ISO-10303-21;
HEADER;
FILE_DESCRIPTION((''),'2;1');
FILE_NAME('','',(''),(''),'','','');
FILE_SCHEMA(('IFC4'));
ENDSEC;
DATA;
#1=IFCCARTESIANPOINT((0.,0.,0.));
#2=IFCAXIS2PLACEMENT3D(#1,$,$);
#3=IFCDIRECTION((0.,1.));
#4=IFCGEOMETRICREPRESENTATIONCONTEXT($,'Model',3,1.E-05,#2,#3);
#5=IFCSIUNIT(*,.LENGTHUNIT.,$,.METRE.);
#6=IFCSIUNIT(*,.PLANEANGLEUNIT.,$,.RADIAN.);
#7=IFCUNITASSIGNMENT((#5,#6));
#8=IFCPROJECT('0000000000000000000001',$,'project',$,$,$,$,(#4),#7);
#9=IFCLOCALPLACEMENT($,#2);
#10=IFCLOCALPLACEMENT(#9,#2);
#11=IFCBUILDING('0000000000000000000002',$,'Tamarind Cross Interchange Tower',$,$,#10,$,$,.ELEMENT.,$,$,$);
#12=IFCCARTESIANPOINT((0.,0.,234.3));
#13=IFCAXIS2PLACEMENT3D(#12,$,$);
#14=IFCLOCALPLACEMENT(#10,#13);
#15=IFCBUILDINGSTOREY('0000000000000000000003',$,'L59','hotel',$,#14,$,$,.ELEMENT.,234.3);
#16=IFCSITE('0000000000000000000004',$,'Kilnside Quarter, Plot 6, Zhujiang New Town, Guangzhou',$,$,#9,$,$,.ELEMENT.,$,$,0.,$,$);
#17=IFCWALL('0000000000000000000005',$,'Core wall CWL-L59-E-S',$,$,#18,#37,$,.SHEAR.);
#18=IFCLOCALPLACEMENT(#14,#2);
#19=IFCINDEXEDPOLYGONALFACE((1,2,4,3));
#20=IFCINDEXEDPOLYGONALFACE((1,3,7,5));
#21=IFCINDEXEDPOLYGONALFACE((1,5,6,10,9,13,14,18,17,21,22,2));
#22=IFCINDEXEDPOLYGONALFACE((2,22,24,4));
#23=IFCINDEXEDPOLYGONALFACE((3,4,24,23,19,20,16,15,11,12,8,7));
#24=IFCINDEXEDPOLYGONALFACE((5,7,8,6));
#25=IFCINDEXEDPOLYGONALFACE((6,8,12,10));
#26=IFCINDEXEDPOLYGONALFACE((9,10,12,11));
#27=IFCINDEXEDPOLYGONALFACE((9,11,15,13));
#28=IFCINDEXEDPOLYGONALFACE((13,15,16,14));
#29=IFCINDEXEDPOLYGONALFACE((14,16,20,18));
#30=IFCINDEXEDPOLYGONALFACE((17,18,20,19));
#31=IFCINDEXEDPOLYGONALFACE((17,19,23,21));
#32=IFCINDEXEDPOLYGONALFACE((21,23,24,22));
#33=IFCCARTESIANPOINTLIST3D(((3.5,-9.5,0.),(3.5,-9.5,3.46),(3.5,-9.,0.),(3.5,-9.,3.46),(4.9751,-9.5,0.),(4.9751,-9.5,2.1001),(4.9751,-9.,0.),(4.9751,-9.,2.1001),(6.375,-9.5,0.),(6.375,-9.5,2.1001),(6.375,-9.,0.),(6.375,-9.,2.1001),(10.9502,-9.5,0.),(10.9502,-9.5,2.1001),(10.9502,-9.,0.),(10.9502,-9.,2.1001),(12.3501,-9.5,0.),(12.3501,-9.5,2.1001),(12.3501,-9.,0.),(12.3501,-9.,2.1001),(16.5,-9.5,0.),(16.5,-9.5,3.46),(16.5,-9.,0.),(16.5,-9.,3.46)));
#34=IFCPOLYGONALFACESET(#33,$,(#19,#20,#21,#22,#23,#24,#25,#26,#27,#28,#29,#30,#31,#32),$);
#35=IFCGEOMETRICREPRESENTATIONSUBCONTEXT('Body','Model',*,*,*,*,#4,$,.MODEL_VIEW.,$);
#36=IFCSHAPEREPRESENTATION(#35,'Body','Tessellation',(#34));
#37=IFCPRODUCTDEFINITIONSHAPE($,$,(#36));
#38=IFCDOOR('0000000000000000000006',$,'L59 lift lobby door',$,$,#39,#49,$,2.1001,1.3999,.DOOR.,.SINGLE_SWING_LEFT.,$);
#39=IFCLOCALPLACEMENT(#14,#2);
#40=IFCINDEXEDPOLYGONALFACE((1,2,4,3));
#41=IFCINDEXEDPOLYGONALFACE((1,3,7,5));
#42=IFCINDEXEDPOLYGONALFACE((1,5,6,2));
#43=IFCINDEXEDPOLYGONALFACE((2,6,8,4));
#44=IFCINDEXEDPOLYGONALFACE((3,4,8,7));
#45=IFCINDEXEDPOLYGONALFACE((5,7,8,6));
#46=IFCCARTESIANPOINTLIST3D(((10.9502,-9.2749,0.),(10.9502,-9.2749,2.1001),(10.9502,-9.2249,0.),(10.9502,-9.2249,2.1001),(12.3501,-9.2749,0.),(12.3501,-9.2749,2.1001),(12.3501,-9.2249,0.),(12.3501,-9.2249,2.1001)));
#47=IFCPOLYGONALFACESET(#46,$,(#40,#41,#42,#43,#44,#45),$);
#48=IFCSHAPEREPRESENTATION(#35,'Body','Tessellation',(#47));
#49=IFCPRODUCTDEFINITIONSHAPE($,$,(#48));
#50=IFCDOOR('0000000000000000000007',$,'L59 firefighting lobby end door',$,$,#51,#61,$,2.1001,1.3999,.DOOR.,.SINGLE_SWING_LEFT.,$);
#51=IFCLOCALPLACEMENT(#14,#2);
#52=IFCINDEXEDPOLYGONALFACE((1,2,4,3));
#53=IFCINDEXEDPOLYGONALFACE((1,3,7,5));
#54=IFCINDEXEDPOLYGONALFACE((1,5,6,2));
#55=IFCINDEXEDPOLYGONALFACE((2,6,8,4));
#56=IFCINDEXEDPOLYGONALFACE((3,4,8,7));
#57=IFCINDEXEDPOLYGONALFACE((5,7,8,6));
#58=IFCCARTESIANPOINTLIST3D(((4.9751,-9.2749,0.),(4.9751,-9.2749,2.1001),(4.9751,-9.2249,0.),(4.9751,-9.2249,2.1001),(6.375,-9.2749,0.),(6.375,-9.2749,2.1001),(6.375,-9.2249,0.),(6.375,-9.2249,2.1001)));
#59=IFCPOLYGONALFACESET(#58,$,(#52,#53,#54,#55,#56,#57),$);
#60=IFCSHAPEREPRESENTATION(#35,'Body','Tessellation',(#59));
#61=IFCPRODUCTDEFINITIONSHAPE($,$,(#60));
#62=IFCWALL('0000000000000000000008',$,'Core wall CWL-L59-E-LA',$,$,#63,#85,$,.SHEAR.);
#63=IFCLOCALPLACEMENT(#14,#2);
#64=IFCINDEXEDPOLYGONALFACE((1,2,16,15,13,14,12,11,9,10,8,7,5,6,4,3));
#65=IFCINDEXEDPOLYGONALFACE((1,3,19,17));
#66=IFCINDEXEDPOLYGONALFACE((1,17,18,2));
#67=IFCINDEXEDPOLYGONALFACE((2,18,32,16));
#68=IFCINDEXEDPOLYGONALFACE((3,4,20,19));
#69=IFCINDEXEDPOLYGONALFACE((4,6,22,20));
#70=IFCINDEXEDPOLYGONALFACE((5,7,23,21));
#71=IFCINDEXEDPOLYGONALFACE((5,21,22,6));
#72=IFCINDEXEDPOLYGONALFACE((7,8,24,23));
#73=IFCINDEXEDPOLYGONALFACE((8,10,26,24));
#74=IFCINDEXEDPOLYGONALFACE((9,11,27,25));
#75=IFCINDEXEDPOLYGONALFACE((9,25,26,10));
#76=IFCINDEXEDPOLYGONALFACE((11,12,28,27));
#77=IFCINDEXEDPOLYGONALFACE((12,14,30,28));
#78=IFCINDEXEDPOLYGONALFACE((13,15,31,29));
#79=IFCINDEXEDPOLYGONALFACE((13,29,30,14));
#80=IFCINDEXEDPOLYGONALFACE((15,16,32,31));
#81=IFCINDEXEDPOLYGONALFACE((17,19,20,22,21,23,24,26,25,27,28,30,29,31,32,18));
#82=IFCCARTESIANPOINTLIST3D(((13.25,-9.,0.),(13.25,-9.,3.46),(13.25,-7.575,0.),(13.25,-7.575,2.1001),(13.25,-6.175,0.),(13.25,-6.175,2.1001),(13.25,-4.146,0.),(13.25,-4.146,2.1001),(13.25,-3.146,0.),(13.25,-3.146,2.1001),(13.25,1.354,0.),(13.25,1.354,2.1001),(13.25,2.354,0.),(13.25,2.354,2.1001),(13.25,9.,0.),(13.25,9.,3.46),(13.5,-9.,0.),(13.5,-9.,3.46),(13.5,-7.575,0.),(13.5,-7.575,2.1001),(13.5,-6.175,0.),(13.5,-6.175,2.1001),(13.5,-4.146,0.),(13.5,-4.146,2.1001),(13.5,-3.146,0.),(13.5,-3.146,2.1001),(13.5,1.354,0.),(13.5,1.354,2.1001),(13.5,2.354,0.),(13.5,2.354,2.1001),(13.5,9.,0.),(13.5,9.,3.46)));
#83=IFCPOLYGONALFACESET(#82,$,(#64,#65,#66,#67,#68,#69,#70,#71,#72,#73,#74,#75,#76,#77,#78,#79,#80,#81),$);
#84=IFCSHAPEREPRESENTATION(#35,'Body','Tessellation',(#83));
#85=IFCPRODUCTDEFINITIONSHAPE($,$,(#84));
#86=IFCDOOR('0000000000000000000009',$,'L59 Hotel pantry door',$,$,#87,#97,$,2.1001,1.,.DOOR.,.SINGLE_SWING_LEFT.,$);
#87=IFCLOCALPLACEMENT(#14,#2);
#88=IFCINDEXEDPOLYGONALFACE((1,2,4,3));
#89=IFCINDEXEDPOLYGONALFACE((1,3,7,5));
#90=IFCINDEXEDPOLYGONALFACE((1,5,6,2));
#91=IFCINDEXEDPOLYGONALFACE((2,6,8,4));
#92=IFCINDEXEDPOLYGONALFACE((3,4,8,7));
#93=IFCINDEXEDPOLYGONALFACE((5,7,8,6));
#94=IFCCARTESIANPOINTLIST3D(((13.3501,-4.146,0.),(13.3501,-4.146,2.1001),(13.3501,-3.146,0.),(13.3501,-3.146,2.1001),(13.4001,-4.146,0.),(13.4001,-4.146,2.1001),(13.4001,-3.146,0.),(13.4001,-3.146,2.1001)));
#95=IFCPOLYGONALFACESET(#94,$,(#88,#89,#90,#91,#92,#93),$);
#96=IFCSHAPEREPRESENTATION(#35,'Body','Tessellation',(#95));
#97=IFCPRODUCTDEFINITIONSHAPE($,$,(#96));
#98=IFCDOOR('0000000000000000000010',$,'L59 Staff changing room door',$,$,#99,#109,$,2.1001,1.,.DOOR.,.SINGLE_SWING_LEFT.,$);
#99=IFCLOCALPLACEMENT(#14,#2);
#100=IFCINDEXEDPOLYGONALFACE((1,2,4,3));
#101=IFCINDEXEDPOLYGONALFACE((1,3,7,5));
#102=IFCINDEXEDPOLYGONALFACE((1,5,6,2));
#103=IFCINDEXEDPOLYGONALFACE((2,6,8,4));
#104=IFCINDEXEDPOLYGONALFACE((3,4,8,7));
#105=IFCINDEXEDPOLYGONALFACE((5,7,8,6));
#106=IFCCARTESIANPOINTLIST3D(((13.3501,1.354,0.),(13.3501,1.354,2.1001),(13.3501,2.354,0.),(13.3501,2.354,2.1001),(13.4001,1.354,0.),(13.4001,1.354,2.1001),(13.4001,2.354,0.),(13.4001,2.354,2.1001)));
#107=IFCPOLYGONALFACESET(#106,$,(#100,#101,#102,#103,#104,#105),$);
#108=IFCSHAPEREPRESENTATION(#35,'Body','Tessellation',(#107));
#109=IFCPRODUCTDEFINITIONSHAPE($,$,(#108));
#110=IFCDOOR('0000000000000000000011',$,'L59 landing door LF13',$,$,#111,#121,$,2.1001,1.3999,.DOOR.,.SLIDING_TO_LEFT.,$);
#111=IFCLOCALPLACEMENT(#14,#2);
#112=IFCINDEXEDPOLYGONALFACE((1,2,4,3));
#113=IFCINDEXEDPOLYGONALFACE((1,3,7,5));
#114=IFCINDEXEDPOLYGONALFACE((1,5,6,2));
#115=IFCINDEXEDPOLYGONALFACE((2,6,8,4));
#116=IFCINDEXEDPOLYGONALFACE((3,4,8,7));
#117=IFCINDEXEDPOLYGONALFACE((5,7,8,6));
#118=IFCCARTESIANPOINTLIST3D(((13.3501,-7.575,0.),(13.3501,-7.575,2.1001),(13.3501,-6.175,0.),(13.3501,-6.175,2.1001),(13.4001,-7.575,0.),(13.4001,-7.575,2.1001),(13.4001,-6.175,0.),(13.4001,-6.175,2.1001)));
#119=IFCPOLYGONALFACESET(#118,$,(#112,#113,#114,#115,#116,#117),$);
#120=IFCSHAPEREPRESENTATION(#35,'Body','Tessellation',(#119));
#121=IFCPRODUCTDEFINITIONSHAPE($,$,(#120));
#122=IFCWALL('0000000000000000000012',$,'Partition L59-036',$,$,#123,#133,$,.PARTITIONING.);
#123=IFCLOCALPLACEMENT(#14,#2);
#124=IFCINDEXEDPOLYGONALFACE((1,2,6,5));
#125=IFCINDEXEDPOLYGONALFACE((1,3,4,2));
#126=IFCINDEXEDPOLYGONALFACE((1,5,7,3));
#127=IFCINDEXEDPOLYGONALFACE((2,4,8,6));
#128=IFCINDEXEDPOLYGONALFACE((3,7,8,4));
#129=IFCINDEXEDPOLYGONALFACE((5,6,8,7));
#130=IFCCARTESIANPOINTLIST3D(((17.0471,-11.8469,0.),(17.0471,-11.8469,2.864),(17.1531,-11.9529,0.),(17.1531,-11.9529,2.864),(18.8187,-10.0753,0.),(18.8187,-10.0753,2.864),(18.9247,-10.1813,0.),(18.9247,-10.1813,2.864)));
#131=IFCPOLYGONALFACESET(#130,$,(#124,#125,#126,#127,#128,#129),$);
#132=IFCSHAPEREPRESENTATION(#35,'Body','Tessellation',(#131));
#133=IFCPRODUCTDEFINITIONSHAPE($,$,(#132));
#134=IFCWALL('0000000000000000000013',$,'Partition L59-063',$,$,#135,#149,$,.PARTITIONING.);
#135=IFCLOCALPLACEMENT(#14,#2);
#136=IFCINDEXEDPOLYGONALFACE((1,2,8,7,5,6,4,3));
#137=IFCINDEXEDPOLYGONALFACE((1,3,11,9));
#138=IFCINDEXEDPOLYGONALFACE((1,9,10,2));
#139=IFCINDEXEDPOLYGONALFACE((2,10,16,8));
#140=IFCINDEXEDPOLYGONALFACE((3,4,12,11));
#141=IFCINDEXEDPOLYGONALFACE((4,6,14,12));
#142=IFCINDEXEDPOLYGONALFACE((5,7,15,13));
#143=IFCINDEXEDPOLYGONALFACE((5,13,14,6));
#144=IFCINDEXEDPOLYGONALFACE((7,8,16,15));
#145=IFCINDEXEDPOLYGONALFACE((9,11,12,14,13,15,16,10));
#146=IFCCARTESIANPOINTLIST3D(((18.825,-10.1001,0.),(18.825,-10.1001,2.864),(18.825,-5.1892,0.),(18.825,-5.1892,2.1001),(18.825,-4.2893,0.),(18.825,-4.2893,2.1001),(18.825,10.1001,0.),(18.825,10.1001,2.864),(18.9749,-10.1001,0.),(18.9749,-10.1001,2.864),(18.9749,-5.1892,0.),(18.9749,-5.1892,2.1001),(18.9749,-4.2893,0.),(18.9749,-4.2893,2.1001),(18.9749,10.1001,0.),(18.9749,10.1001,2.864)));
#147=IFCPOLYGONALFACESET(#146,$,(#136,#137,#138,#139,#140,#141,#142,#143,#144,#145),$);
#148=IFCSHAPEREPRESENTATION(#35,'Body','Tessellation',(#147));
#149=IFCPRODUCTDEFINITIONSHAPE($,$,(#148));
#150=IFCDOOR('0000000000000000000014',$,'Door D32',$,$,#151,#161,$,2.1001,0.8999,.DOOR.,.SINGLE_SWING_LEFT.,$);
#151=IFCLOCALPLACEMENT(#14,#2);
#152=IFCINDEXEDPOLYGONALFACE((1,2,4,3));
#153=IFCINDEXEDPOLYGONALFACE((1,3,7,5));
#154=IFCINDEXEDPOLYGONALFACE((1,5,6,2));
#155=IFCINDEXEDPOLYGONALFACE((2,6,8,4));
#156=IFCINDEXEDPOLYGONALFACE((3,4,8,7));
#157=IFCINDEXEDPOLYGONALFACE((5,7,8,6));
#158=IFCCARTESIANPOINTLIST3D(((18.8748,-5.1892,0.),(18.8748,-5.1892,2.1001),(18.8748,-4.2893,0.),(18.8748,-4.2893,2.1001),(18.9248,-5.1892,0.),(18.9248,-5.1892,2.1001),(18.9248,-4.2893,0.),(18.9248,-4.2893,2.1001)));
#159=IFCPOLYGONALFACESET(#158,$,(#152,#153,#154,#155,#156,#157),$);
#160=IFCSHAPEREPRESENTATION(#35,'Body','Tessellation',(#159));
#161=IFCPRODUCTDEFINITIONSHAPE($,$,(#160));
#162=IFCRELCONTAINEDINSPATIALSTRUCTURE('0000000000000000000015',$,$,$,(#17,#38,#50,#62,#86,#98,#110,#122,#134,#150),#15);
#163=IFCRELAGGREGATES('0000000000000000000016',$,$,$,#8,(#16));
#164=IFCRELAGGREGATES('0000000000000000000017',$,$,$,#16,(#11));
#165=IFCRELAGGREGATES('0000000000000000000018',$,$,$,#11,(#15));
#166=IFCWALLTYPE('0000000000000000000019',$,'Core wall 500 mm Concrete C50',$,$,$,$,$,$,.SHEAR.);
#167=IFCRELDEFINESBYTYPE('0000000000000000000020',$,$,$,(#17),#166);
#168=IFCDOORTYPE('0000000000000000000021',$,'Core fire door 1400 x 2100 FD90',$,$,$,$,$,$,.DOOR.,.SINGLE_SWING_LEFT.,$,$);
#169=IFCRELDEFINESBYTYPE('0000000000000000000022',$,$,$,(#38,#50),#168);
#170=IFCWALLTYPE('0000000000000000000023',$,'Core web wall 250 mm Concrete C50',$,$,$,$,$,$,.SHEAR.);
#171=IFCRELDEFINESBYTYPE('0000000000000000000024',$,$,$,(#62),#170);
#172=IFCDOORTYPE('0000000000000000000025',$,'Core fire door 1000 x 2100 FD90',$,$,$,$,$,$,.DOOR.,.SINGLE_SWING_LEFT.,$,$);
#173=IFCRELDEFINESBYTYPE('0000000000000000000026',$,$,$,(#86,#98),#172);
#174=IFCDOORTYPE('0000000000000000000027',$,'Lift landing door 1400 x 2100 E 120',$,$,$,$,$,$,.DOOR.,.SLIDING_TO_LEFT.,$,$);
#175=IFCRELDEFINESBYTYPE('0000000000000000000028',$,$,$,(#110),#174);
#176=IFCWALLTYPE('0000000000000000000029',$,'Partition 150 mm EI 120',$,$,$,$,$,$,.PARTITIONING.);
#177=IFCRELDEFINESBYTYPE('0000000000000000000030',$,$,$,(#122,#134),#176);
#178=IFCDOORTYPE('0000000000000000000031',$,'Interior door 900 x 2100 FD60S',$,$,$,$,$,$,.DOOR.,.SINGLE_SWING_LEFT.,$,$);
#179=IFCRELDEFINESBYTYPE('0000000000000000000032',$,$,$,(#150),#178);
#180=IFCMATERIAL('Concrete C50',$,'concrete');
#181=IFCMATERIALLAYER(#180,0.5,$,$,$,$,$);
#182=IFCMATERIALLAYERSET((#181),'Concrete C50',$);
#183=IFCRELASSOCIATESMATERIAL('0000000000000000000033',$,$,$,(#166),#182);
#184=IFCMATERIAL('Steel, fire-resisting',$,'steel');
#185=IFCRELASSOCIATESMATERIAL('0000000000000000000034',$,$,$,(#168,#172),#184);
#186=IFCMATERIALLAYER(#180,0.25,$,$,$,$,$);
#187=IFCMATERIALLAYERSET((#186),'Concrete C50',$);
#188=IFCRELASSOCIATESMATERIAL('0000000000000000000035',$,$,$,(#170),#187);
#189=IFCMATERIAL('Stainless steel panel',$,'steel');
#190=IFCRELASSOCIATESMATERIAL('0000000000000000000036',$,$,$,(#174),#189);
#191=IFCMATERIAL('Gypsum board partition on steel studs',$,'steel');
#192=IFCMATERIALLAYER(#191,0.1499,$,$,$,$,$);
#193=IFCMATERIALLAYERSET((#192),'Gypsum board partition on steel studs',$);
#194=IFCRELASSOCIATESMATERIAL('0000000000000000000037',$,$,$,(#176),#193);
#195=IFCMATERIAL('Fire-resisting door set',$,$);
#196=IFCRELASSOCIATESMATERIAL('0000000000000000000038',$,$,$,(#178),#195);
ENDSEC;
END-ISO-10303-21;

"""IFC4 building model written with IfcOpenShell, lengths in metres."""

from ifc_helpers import new_model, si_unit, direction, frame, frame_2d, origin, place, context, subcontext, project, spatial, rectangle, extrude, material, layer, layer_set, type_object, element, fill, save


model = new_model("IFC4")

# Units and contexts
model_context = context("Model", 3, precision=1e-05, world=origin(), true_north=direction((0.0, 1.0)))
body_context = subcontext(model_context, "Body", "Model", "MODEL_VIEW")
ifc_project = project(units=[si_unit("LENGTHUNIT", "METRE"), si_unit("PLANEANGLEUNIT", "RADIAN")], contexts=[model_context])

# Site, building, storey
site_placement = place(None, origin())
site = spatial("IfcSite", under=ifc_project, at=site_placement, Name="Kilnside Quarter, Plot 6, Zhujiang New Town, Guangzhou", CompositionType="ELEMENT", RefElevation=0.0)
building_placement = place(site_placement, origin())
building = spatial("IfcBuilding", under=site, at=building_placement, Name="Tamarind Cross Interchange Tower", CompositionType="ELEMENT")
storey_placement = place(building_placement, frame((0.0, 0.0, 234.3)))
storey = spatial("IfcBuildingStorey", under=building, at=storey_placement, Name="L59", Description="hotel", CompositionType="ELEMENT", Elevation=234.3)

# Shared definitions
ifc_material_1 = material(Name="Concrete C50", Category="concrete")

# Walls, openings, doors
ifc_layer_1 = layer(ifc_material_1, 0.5)
ifc_layer_set_1 = layer_set([ifc_layer_1], Name="Concrete C50")
wall_type_1 = type_object("IfcWallType", Name="Core wall 500 mm Concrete C50", PredefinedType="SHEAR", material=ifc_layer_set_1)
wall_1_placement = place(storey_placement, frame((16.5, -9.25, 0.0), z_axis=(0.0, 0.0, 1.0), x_axis=(-1.0, 0.0, 0.0)))
wall_1 = element("IfcWall", 1, at=wall_1_placement, inside=storey, type_object=wall_type_1, Name="Core wall CWL-L59-E-S", PredefinedType="SHEAR", context=body_context, shape_type="SweptSolid", body=[
    extrude(rectangle(XDim=13.0, YDim=0.5, at=frame_2d((6.5, 0.0))), origin(), (0.0, 0.0, 1.0), 3.46),
])
opening_1_placement = place(wall_1_placement, frame((4.1499, 0.0, 0.0)))
opening_1 = element("IfcOpeningElement", 2, at=opening_1_placement, cuts=wall_1, PredefinedType="OPENING", context=body_context, shape_type="SweptSolid", body=[
    extrude(rectangle(XDim=1.3999, YDim=2.1001, at=frame_2d((0.7, 1.05))), frame((0.0, 0.26, 0.0), z_axis=(0.0, -1.0, 0.0), x_axis=(1.0, 0.0, 0.0)), (0.0, 0.0, 1.0), 0.52),
])
opening_2_placement = place(wall_1_placement, frame((10.125, 0.0, 0.0)))
opening_2 = element("IfcOpeningElement", 3, at=opening_2_placement, cuts=wall_1, PredefinedType="OPENING", context=body_context, shape_type="SweptSolid", body=[
    extrude(rectangle(XDim=1.3999, YDim=2.1001, at=frame_2d((0.7, 1.05))), frame((0.0, 0.26, 0.0), z_axis=(0.0, -1.0, 0.0), x_axis=(1.0, 0.0, 0.0)), (0.0, 0.0, 1.0), 0.52),
])
ifc_material_2 = material(Name="Steel, fire-resisting", Category="steel")
door_type_1 = type_object("IfcDoorType", Name="Core fire door 1400 x 2100 FD90", OperationType="SINGLE_SWING_LEFT", PredefinedType="DOOR", material=ifc_material_2)
door_1_placement = place(opening_1_placement, origin())
door_1 = element("IfcDoor", 4, at=door_1_placement, inside=storey, type_object=door_type_1, Name="L59 lift lobby door", OperationType="SINGLE_SWING_LEFT", OverallHeight=2.1001, OverallWidth=1.3999, PredefinedType="DOOR", context=body_context, shape_type="SweptSolid", body=[
    extrude(rectangle(XDim=1.3999, YDim=2.1001, at=frame_2d((0.7, 1.05))), frame((0.0, 0.0249, 0.0), z_axis=(0.0, -1.0, 0.0), x_axis=(1.0, 0.0, 0.0)), (0.0, 0.0, 1.0), 0.05),
])
fill(opening_1, door_1)
door_2_placement = place(opening_2_placement, origin())
door_2 = element("IfcDoor", 5, at=door_2_placement, inside=storey, type_object=door_type_1, Name="L59 firefighting lobby end door", OperationType="SINGLE_SWING_LEFT", OverallHeight=2.1001, OverallWidth=1.3999, PredefinedType="DOOR", context=body_context, shape_type="SweptSolid", body=[
    extrude(rectangle(XDim=1.3999, YDim=2.1001, at=frame_2d((0.7, 1.05))), frame((0.0, 0.0249, 0.0), z_axis=(0.0, -1.0, 0.0), x_axis=(1.0, 0.0, 0.0)), (0.0, 0.0, 1.0), 0.05),
])
fill(opening_2, door_2)
ifc_layer_2 = layer(ifc_material_1, 0.25)
ifc_layer_set_2 = layer_set([ifc_layer_2], Name="Concrete C50")
wall_type_2 = type_object("IfcWallType", Name="Core web wall 250 mm Concrete C50", PredefinedType="SHEAR", material=ifc_layer_set_2)
wall_2_placement = place(storey_placement, frame((13.375, -9.0, 0.0), z_axis=(0.0, 0.0, 1.0), x_axis=(0.0, 1.0, 0.0)))
wall_2 = element("IfcWall", 6, at=wall_2_placement, inside=storey, type_object=wall_type_2, Name="Core wall CWL-L59-E-LA", PredefinedType="SHEAR", context=body_context, shape_type="SweptSolid", body=[
    extrude(rectangle(XDim=18.0, YDim=0.25, at=frame_2d((9.0, 0.0))), origin(), (0.0, 0.0, 1.0), 3.46),
])
opening_3_placement = place(wall_2_placement, frame((1.425, 0.0, 0.0)))
opening_3 = element("IfcOpeningElement", 7, at=opening_3_placement, cuts=wall_2, PredefinedType="OPENING", context=body_context, shape_type="SweptSolid", body=[
    extrude(rectangle(XDim=1.3999, YDim=2.1001, at=frame_2d((0.7, 1.05))), frame((0.0, 0.135, 0.0), z_axis=(0.0, -1.0, 0.0), x_axis=(1.0, 0.0, 0.0)), (0.0, 0.0, 1.0), 0.27),
])
opening_4_placement = place(wall_2_placement, frame((4.854, 0.0, 0.0)))
opening_4 = element("IfcOpeningElement", 8, at=opening_4_placement, cuts=wall_2, PredefinedType="OPENING", context=body_context, shape_type="SweptSolid", body=[
    extrude(rectangle(XDim=1.0, YDim=2.1001, at=frame_2d((0.5, 1.05))), frame((0.0, 0.135, 0.0), z_axis=(0.0, -1.0, 0.0), x_axis=(1.0, 0.0, 0.0)), (0.0, 0.0, 1.0), 0.27),
])
opening_5_placement = place(wall_2_placement, frame((10.354, 0.0, 0.0)))
opening_5 = element("IfcOpeningElement", 9, at=opening_5_placement, cuts=wall_2, PredefinedType="OPENING", context=body_context, shape_type="SweptSolid", body=[
    extrude(rectangle(XDim=1.0, YDim=2.1001, at=frame_2d((0.5, 1.05))), frame((0.0, 0.135, 0.0), z_axis=(0.0, -1.0, 0.0), x_axis=(1.0, 0.0, 0.0)), (0.0, 0.0, 1.0), 0.27),
])
door_type_2 = type_object("IfcDoorType", Name="Core fire door 1000 x 2100 FD90", OperationType="SINGLE_SWING_LEFT", PredefinedType="DOOR", material=ifc_material_2)
door_3_placement = place(opening_4_placement, origin())
door_3 = element("IfcDoor", 10, at=door_3_placement, inside=storey, type_object=door_type_2, Name="L59 Hotel pantry door", OperationType="SINGLE_SWING_LEFT", OverallHeight=2.1001, OverallWidth=1.0, PredefinedType="DOOR", context=body_context, shape_type="SweptSolid", body=[
    extrude(rectangle(XDim=1.0, YDim=2.1001, at=frame_2d((0.5, 1.05))), frame((0.0, 0.0249, 0.0), z_axis=(0.0, -1.0, 0.0), x_axis=(1.0, 0.0, 0.0)), (0.0, 0.0, 1.0), 0.05),
])
fill(opening_4, door_3)
door_4_placement = place(opening_5_placement, origin())
door_4 = element("IfcDoor", 11, at=door_4_placement, inside=storey, type_object=door_type_2, Name="L59 Staff changing room door", OperationType="SINGLE_SWING_LEFT", OverallHeight=2.1001, OverallWidth=1.0, PredefinedType="DOOR", context=body_context, shape_type="SweptSolid", body=[
    extrude(rectangle(XDim=1.0, YDim=2.1001, at=frame_2d((0.5, 1.05))), frame((0.0, 0.0249, 0.0), z_axis=(0.0, -1.0, 0.0), x_axis=(1.0, 0.0, 0.0)), (0.0, 0.0, 1.0), 0.05),
])
fill(opening_5, door_4)
ifc_material_3 = material(Name="Stainless steel panel", Category="steel")
door_type_3 = type_object("IfcDoorType", Name="Lift landing door 1400 x 2100 E 120", OperationType="SLIDING_TO_LEFT", PredefinedType="DOOR", material=ifc_material_3)
door_5_placement = place(opening_3_placement, origin())
door_5 = element("IfcDoor", 12, at=door_5_placement, inside=storey, type_object=door_type_3, Name="L59 landing door LF13", OperationType="SLIDING_TO_LEFT", OverallHeight=2.1001, OverallWidth=1.3999, PredefinedType="DOOR", context=body_context, shape_type="SweptSolid", body=[
    extrude(rectangle(XDim=1.3999, YDim=2.1001, at=frame_2d((0.7, 1.05))), frame((0.0, 0.0249, 0.0), z_axis=(0.0, -1.0, 0.0), x_axis=(1.0, 0.0, 0.0)), (0.0, 0.0, 1.0), 0.05),
])
fill(opening_3, door_5)

# Wall
ifc_material_4 = material(Name="Gypsum board partition on steel studs", Category="steel")
ifc_layer_3 = layer(ifc_material_4, 0.1499)
ifc_layer_set_3 = layer_set([ifc_layer_3], Name="Gypsum board partition on steel studs")
wall_type_3 = type_object("IfcWallType", Name="Partition 150 mm EI 120", PredefinedType="PARTITIONING", material=ifc_layer_set_3)
wall_3_placement = place(storey_placement, frame((17.1001, -11.8999, 0.0), z_axis=(0.0, 0.0, 1.0), x_axis=(0.707107, 0.707107, 0.0)))
element("IfcWall", 13, at=wall_3_placement, inside=storey, type_object=wall_type_3, Name="Partition L59-036", PredefinedType="PARTITIONING", context=body_context, shape_type="SweptSolid", body=[
    extrude(rectangle(XDim=2.5054, YDim=0.1499, at=frame_2d((1.2527, 0.0))), origin(), (0.0, 0.0, 1.0), 2.864),
])

# Wall, opening, door
wall_4_placement = place(storey_placement, frame((18.8999, -10.1001, 0.0), z_axis=(0.0, 0.0, 1.0), x_axis=(0.0, 1.0, 0.0)))
wall_4 = element("IfcWall", 14, at=wall_4_placement, inside=storey, type_object=wall_type_3, Name="Partition L59-063", PredefinedType="PARTITIONING", context=body_context, shape_type="SweptSolid", body=[
    extrude(rectangle(XDim=20.2002, YDim=0.1499, at=frame_2d((10.1001, 0.0))), origin(), (0.0, 0.0, 1.0), 2.864),
])
opening_6_placement = place(wall_4_placement, frame((4.9109, 0.0, 0.0)))
opening_6 = element("IfcOpeningElement", 15, at=opening_6_placement, cuts=wall_4, PredefinedType="OPENING", context=body_context, shape_type="SweptSolid", body=[
    extrude(rectangle(XDim=0.8999, YDim=2.1001, at=frame_2d((0.45, 1.05))), frame((0.0, 0.085, 0.0), z_axis=(0.0, -1.0, 0.0), x_axis=(1.0, 0.0, 0.0)), (0.0, 0.0, 1.0), 0.1699),
])
ifc_material_5 = material(Name="Fire-resisting door set")
door_type_4 = type_object("IfcDoorType", Name="Interior door 900 x 2100 FD60S", OperationType="SINGLE_SWING_LEFT", PredefinedType="DOOR", material=ifc_material_5)
door_6_placement = place(opening_6_placement, frame((0.8999, 0.0, 0.0), z_axis=(0.0, 0.0, 1.0), x_axis=(-1.0, 0.0, 0.0)))
door_6 = element("IfcDoor", 16, at=door_6_placement, inside=storey, type_object=door_type_4, Name="Door D32", OperationType="SINGLE_SWING_LEFT", OverallHeight=2.1001, OverallWidth=0.8999, PredefinedType="DOOR", context=body_context, shape_type="SweptSolid", body=[
    extrude(rectangle(XDim=0.8999, YDim=2.1001, at=frame_2d((0.45, 1.05))), frame((0.0, 0.0249, 0.0), z_axis=(0.0, -1.0, 0.0), x_axis=(1.0, 0.0, 0.0)), (0.0, 0.0, 1.0), 0.05),
])
fill(opening_6, door_6)

save(model, "model.ifc")
